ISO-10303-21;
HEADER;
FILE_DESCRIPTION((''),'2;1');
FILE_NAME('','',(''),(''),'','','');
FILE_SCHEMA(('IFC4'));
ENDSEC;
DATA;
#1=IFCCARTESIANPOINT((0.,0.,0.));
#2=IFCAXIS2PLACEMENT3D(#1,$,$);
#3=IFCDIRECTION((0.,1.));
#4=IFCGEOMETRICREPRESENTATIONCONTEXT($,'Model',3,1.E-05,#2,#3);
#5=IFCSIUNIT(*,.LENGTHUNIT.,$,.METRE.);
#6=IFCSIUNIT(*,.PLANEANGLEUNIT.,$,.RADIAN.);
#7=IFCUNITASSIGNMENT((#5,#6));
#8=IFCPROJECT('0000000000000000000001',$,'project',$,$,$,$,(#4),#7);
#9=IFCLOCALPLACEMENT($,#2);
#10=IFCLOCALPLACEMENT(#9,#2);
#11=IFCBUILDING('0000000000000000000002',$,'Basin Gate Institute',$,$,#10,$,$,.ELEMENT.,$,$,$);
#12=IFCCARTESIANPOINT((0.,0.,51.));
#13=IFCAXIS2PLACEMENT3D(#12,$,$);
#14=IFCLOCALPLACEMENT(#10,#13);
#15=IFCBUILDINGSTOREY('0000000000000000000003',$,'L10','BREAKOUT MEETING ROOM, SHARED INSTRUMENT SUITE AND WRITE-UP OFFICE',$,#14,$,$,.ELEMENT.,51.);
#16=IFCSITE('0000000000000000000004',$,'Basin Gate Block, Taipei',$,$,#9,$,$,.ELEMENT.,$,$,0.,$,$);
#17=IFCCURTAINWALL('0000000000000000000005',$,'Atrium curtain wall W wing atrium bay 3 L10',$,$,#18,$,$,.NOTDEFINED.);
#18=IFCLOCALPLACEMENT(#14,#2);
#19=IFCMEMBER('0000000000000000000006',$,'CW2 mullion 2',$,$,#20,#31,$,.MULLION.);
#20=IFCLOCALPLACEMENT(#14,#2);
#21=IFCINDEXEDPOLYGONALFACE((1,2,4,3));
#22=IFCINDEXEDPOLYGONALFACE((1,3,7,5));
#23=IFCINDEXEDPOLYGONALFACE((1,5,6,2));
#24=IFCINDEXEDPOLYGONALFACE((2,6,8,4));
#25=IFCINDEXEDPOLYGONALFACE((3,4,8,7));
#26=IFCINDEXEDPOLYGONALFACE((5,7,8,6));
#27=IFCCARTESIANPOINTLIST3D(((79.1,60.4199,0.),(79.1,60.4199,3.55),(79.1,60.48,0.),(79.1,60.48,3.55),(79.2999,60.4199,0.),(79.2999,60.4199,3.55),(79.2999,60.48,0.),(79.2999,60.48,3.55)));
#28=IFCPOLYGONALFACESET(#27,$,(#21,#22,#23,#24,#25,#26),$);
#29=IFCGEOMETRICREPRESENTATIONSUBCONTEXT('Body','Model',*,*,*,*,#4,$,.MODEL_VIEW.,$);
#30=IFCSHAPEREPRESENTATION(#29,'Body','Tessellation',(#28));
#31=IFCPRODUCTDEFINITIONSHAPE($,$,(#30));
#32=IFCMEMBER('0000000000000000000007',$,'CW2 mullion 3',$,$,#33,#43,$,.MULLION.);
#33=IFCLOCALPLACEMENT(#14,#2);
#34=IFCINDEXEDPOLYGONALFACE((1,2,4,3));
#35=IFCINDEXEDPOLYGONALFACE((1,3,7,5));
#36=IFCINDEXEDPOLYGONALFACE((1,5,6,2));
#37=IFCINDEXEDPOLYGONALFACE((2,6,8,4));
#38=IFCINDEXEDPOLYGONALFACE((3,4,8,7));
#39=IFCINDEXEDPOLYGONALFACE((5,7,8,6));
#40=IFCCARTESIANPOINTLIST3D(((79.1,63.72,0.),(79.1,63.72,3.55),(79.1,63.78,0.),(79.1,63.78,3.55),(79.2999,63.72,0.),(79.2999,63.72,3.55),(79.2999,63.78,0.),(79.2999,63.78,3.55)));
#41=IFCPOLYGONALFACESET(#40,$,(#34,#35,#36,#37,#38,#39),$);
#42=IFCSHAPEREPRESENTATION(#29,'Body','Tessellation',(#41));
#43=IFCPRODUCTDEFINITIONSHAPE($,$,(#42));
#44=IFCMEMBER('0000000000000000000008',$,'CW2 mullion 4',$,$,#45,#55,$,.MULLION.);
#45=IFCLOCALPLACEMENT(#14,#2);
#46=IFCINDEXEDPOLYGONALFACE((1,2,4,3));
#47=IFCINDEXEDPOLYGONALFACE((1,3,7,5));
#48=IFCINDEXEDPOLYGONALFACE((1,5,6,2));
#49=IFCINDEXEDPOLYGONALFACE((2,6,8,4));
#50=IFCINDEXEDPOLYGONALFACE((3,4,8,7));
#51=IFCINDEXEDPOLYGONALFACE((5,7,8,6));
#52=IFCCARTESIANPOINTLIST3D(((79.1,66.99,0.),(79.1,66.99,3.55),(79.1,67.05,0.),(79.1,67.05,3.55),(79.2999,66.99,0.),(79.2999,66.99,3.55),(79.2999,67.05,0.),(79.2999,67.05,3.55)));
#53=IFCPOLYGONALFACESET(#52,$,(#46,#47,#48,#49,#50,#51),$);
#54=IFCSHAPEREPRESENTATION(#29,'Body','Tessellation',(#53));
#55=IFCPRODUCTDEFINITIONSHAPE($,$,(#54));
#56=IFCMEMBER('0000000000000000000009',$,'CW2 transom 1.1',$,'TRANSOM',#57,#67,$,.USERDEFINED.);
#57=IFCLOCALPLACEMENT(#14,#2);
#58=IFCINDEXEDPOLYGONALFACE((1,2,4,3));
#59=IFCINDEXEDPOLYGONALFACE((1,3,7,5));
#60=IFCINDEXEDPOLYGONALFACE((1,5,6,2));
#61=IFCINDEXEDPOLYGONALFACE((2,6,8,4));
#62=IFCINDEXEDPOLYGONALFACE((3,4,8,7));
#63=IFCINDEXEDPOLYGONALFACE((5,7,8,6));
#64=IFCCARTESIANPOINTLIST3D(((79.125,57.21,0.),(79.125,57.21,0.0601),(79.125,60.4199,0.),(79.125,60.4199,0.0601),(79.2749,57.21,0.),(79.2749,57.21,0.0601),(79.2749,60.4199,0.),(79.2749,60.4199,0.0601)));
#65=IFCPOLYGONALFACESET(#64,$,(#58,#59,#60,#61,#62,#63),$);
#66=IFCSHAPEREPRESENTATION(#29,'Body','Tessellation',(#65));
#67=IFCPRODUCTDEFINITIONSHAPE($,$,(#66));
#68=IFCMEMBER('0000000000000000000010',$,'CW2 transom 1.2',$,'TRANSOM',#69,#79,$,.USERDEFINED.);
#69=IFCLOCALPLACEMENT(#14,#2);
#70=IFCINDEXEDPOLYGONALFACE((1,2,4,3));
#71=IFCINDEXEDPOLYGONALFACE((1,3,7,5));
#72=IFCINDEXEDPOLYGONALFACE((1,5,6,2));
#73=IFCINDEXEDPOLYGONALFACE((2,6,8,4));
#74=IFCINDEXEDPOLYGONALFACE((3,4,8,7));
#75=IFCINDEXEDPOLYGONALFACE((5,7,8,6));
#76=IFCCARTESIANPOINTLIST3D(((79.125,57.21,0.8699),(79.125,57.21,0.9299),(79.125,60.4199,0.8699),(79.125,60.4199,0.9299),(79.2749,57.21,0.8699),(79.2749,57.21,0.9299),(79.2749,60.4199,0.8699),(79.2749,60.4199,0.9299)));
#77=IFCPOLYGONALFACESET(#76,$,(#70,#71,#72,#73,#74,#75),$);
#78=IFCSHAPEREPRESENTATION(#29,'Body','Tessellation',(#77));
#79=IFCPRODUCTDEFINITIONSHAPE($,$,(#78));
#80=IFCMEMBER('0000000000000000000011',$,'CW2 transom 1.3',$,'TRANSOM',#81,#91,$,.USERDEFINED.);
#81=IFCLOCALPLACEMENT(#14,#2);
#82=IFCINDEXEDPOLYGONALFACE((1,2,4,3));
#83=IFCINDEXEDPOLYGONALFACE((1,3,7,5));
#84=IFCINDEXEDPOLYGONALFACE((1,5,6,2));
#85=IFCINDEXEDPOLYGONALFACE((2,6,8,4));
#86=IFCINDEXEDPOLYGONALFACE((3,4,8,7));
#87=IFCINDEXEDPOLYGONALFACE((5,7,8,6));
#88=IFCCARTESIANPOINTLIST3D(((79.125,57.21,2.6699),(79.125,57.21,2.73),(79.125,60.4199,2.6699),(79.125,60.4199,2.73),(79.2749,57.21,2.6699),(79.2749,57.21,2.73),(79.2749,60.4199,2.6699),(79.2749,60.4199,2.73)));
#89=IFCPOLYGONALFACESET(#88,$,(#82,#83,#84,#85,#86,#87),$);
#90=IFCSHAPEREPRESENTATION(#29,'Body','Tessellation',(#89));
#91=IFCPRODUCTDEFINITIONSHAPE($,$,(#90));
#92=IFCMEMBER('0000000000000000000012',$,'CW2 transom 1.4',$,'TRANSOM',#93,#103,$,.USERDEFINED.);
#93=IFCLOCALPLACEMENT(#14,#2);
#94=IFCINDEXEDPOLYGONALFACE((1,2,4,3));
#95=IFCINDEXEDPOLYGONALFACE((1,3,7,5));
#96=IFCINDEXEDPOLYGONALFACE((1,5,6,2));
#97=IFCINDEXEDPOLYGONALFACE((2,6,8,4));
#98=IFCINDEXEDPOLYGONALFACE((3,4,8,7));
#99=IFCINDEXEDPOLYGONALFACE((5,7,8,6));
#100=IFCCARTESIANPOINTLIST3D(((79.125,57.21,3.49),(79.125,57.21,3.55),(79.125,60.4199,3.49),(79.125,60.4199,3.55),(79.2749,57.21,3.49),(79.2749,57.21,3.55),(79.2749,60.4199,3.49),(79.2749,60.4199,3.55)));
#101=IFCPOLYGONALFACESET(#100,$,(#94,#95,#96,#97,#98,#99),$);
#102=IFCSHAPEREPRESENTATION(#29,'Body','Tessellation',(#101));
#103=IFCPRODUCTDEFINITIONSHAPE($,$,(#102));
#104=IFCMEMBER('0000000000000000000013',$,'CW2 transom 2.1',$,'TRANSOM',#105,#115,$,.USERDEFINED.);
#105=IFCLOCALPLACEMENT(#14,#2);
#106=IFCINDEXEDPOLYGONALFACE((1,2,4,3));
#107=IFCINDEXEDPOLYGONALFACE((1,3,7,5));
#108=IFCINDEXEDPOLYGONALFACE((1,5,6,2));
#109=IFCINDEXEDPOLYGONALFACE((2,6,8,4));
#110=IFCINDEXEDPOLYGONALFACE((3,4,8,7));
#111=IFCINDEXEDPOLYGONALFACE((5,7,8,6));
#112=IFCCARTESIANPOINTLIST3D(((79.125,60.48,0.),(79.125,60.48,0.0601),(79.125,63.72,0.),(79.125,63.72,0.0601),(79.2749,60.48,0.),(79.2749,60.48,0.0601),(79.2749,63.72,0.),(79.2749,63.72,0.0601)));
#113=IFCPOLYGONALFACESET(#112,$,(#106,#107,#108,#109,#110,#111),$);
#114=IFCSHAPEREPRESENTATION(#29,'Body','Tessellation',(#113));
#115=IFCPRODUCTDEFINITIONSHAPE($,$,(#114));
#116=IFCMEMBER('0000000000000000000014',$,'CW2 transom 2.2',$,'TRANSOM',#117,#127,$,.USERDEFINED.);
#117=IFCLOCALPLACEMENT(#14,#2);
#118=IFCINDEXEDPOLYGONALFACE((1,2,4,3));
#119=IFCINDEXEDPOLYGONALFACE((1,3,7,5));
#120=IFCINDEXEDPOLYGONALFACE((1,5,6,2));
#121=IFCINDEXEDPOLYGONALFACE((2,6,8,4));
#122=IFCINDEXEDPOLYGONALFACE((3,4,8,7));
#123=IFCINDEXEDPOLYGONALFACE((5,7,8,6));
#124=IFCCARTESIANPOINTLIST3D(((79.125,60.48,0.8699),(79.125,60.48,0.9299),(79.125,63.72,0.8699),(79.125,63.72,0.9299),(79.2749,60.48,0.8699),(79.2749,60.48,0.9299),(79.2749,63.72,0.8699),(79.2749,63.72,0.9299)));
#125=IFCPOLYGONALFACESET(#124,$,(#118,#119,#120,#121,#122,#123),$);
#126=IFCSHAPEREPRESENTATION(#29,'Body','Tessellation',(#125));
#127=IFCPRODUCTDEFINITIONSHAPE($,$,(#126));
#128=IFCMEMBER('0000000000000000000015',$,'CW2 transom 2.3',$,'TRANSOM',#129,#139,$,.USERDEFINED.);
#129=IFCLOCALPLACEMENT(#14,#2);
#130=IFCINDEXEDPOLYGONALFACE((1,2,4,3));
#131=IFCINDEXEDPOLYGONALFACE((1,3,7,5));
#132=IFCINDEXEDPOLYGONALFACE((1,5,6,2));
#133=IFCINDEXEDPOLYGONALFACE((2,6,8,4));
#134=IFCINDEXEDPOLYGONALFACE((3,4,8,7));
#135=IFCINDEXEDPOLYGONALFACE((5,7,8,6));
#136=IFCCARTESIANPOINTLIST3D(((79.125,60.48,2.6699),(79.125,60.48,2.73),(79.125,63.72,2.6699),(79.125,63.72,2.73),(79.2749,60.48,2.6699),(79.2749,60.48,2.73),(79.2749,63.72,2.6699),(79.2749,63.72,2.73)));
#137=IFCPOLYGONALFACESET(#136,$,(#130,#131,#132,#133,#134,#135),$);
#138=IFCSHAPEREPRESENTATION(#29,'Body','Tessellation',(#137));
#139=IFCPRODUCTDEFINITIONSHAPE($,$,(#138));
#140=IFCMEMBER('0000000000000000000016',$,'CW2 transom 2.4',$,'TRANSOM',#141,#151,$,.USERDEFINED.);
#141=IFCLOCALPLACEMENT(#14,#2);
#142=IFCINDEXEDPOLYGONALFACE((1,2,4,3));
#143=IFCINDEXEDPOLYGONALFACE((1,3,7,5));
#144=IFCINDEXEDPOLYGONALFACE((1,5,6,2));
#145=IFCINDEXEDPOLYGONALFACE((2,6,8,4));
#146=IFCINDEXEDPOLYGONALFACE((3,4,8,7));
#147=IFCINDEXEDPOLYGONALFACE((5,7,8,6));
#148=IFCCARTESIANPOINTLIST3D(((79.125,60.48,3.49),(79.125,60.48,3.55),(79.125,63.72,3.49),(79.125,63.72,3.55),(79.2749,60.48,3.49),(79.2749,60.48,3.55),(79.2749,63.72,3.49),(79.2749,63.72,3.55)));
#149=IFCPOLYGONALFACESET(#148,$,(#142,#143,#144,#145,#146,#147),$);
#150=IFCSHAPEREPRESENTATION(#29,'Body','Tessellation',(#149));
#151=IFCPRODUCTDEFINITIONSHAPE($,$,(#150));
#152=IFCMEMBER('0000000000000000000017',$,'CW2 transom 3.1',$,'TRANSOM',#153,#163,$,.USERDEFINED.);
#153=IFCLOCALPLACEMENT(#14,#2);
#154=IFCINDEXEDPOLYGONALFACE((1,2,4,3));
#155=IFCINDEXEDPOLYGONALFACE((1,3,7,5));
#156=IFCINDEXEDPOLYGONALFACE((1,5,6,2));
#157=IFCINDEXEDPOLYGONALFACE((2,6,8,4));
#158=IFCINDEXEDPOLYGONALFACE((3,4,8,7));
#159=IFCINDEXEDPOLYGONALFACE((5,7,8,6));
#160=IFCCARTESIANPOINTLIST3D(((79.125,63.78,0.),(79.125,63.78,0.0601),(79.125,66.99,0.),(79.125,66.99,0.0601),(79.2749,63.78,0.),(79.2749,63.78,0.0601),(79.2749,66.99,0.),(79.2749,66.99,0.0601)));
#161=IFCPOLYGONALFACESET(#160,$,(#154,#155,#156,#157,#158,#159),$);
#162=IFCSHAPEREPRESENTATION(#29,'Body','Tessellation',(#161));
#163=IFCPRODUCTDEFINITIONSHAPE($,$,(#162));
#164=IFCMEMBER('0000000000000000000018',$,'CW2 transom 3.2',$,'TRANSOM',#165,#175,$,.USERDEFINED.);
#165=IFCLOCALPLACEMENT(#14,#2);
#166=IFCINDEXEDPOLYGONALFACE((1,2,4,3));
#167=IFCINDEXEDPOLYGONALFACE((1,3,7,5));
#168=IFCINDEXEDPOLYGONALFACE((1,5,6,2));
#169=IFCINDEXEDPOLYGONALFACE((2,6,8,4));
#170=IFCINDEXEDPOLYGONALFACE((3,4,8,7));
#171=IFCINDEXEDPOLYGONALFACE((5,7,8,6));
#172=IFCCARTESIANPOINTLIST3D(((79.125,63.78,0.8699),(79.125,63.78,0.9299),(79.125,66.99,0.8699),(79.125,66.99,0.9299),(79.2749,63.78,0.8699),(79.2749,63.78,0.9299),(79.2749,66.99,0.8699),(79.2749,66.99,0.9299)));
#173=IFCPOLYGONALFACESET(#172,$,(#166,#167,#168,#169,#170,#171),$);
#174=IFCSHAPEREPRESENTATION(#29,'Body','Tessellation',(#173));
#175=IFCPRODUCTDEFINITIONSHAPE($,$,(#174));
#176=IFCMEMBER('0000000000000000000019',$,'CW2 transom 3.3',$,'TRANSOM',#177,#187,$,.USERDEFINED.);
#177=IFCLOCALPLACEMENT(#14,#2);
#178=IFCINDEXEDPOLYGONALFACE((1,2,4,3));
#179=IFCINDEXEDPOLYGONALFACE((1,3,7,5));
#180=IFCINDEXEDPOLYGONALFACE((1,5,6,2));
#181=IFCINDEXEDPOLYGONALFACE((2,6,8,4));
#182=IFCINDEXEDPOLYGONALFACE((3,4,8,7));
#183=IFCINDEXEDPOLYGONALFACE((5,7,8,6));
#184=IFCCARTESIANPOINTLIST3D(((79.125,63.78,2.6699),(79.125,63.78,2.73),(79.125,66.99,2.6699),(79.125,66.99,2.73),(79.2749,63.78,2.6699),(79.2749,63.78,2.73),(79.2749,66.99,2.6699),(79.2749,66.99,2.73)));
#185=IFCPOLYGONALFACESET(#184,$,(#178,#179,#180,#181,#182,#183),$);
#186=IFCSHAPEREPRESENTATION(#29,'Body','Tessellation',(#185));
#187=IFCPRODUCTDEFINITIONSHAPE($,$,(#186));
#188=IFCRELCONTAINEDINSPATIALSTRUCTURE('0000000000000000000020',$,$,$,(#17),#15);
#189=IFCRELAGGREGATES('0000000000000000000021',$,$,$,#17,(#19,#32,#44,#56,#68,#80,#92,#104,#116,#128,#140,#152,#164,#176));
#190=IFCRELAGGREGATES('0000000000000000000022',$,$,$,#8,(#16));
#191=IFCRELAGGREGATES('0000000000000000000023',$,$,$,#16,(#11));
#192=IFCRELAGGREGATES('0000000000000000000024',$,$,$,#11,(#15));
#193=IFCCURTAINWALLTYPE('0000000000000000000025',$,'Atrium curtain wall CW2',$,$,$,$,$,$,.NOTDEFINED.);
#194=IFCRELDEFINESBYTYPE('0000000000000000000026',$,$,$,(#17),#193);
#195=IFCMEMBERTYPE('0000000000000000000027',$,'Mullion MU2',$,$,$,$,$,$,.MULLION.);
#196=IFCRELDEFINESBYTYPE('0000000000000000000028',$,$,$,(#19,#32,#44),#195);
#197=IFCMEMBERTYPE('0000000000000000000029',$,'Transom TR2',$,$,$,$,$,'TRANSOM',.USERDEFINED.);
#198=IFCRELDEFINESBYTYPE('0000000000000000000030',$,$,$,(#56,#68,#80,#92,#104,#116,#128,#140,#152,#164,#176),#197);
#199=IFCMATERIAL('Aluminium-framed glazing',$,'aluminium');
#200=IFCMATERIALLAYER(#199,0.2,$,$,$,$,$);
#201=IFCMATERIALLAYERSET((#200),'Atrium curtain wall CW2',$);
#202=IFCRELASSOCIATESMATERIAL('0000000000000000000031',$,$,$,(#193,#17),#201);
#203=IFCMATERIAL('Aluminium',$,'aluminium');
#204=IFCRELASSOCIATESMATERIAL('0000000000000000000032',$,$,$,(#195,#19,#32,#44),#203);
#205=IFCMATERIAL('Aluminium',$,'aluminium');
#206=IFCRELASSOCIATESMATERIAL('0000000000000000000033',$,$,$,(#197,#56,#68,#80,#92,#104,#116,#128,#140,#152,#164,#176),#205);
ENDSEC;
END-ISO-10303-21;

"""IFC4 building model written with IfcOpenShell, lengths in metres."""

from ifc_helpers import new_model, si_unit, direction, frame, origin, origin_2d, place, context, subcontext, project, spatial, rectangle, extrude, material, layer, layer_set, material_profile, profile_set, type_object, element, aggregate, save


model = new_model("IFC4")

# Units and contexts
model_context = context("Model", 3, precision=1e-05, world=origin(), true_north=direction((0.0, 1.0)))
body_context = subcontext(model_context, "Body", "Model", "MODEL_VIEW")
ifc_project = project(units=[si_unit("LENGTHUNIT", "METRE"), si_unit("PLANEANGLEUNIT", "RADIAN")], contexts=[model_context])

# Site, building, storey
site_placement = place(None, origin())
site = spatial("IfcSite", under=ifc_project, at=site_placement, Name="Basin Gate Block, Taipei", CompositionType="ELEMENT", RefElevation=0.0)
building_placement = place(site_placement, origin())
building = spatial("IfcBuilding", under=site, at=building_placement, Name="Basin Gate Institute", CompositionType="ELEMENT")
storey_placement = place(building_placement, frame((0.0, 0.0, 51.0)))
storey = spatial("IfcBuildingStorey", under=building, at=storey_placement, Name="L10", Description="BREAKOUT MEETING ROOM, SHARED INSTRUMENT SUITE AND WRITE-UP OFFICE", CompositionType="ELEMENT", Elevation=51.0)

# Curtain wall, members
ifc_material_1 = material(Name="Aluminium-framed glazing", Category="aluminium")
ifc_layer_1 = layer(ifc_material_1, 0.2)
ifc_layer_set_1 = layer_set([ifc_layer_1], Name="Atrium curtain wall CW2")
curtain_wall_type = type_object("IfcCurtainWallType", Name="Atrium curtain wall CW2", PredefinedType="NOTDEFINED", material=ifc_layer_set_1)
curtain_wall_placement = place(storey_placement, origin())
curtain_wall = element("IfcCurtainWall", 1, at=curtain_wall_placement, inside=storey, type_object=curtain_wall_type, material=ifc_layer_set_1, Name="Atrium curtain wall W wing atrium bay 3 L10", PredefinedType="NOTDEFINED")
ifc_material_2 = material(Name="Aluminium", Category="aluminium")
ifc_material_profile_1 = material_profile(ifc_material_2, rectangle(XDim=0.2, YDim=0.0601, at=origin_2d()), Name="Mullion MU2 200 x 60")
ifc_profile_set_1 = profile_set([ifc_material_profile_1], Name="Aluminium")
member_type_1 = type_object("IfcMemberType", Name="Mullion MU2", PredefinedType="MULLION", material=ifc_profile_set_1)
member_1_placement = place(storey_placement, frame((79.2, 60.45, 0.0), z_axis=(0.0, 0.0, 1.0), x_axis=(-1.0, 0.0, 0.0)))
member_1 = element("IfcMember", 2, at=member_1_placement, type_object=member_type_1, material=ifc_profile_set_1, Name="CW2 mullion 2", PredefinedType="MULLION", context=body_context, shape_type="SweptSolid", body=[
    extrude(rectangle(XDim=0.2, YDim=0.0601, at=origin_2d()), origin(), (0.0, 0.0, 1.0), 3.55),
])
member_2_placement = place(storey_placement, frame((79.2, 63.75, 0.0), z_axis=(0.0, 0.0, 1.0), x_axis=(-1.0, 0.0, 0.0)))
member_2 = element("IfcMember", 3, at=member_2_placement, type_object=member_type_1, material=ifc_profile_set_1, Name="CW2 mullion 3", PredefinedType="MULLION", context=body_context, shape_type="SweptSolid", body=[
    extrude(rectangle(XDim=0.2, YDim=0.0601, at=origin_2d()), origin(), (0.0, 0.0, 1.0), 3.55),
])
member_3_placement = place(storey_placement, frame((79.2, 67.02, 0.0), z_axis=(0.0, 0.0, 1.0), x_axis=(-1.0, 0.0, 0.0)))
member_3 = element("IfcMember", 4, at=member_3_placement, type_object=member_type_1, material=ifc_profile_set_1, Name="CW2 mullion 4", PredefinedType="MULLION", context=body_context, shape_type="SweptSolid", body=[
    extrude(rectangle(XDim=0.2, YDim=0.0601, at=origin_2d()), origin(), (0.0, 0.0, 1.0), 3.55),
])
ifc_material_3 = material(Name="Aluminium", Category="aluminium")
ifc_material_profile_2 = material_profile(ifc_material_3, rectangle(XDim=0.1499, YDim=0.0601, at=origin_2d()), Name="Transom TR2 150 x 60")
ifc_profile_set_2 = profile_set([ifc_material_profile_2], Name="Aluminium")
member_type_2 = type_object("IfcMemberType", Name="Transom TR2", ElementType="TRANSOM", PredefinedType="USERDEFINED", material=ifc_profile_set_2)
member_4_placement = place(storey_placement, frame((79.2, 57.21, 0.03), z_axis=(0.0, 1.0, 0.0), x_axis=(-1.0, 0.0, 0.0)))
member_4 = element("IfcMember", 5, at=member_4_placement, type_object=member_type_2, material=ifc_profile_set_2, Name="CW2 transom 1.1", ObjectType="TRANSOM", PredefinedType="USERDEFINED", context=body_context, shape_type="SweptSolid", body=[
    extrude(rectangle(XDim=0.1499, YDim=0.0601, at=origin_2d()), origin(), (0.0, 0.0, 1.0), 3.21),
])
member_5_placement = place(storey_placement, frame((79.2, 57.21, 0.8999), z_axis=(0.0, 1.0, 0.0), x_axis=(-1.0, 0.0, 0.0)))
member_5 = element("IfcMember", 6, at=member_5_placement, type_object=member_type_2, material=ifc_profile_set_2, Name="CW2 transom 1.2", ObjectType="TRANSOM", PredefinedType="USERDEFINED", context=body_context, shape_type="SweptSolid", body=[
    extrude(rectangle(XDim=0.1499, YDim=0.0601, at=origin_2d()), origin(), (0.0, 0.0, 1.0), 3.21),
])
member_6_placement = place(storey_placement, frame((79.2, 57.21, 2.7), z_axis=(0.0, 1.0, 0.0), x_axis=(-1.0, 0.0, 0.0)))
member_6 = element("IfcMember", 7, at=member_6_placement, type_object=member_type_2, material=ifc_profile_set_2, Name="CW2 transom 1.3", ObjectType="TRANSOM", PredefinedType="USERDEFINED", context=body_context, shape_type="SweptSolid", body=[
    extrude(rectangle(XDim=0.1499, YDim=0.0601, at=origin_2d()), origin(), (0.0, 0.0, 1.0), 3.21),
])
member_7_placement = place(storey_placement, frame((79.2, 57.21, 3.52), z_axis=(0.0, 1.0, 0.0), x_axis=(-1.0, 0.0, 0.0)))
member_7 = element("IfcMember", 8, at=member_7_placement, type_object=member_type_2, material=ifc_profile_set_2, Name="CW2 transom 1.4", ObjectType="TRANSOM", PredefinedType="USERDEFINED", context=body_context, shape_type="SweptSolid", body=[
    extrude(rectangle(XDim=0.1499, YDim=0.0601, at=origin_2d()), origin(), (0.0, 0.0, 1.0), 3.21),
])
member_8_placement = place(storey_placement, frame((79.2, 60.48, 0.03), z_axis=(0.0, 1.0, 0.0), x_axis=(-1.0, 0.0, 0.0)))
member_8 = element("IfcMember", 9, at=member_8_placement, type_object=member_type_2, material=ifc_profile_set_2, Name="CW2 transom 2.1", ObjectType="TRANSOM", PredefinedType="USERDEFINED", context=body_context, shape_type="SweptSolid", body=[
    extrude(rectangle(XDim=0.1499, YDim=0.0601, at=origin_2d()), origin(), (0.0, 0.0, 1.0), 3.24),
])
member_9_placement = place(storey_placement, frame((79.2, 60.48, 0.8999), z_axis=(0.0, 1.0, 0.0), x_axis=(-1.0, 0.0, 0.0)))
member_9 = element("IfcMember", 10, at=member_9_placement, type_object=member_type_2, material=ifc_profile_set_2, Name="CW2 transom 2.2", ObjectType="TRANSOM", PredefinedType="USERDEFINED", context=body_context, shape_type="SweptSolid", body=[
    extrude(rectangle(XDim=0.1499, YDim=0.0601, at=origin_2d()), origin(), (0.0, 0.0, 1.0), 3.24),
])
member_10_placement = place(storey_placement, frame((79.2, 60.48, 2.7), z_axis=(0.0, 1.0, 0.0), x_axis=(-1.0, 0.0, 0.0)))
member_10 = element("IfcMember", 11, at=member_10_placement, type_object=member_type_2, material=ifc_profile_set_2, Name="CW2 transom 2.3", ObjectType="TRANSOM", PredefinedType="USERDEFINED", context=body_context, shape_type="SweptSolid", body=[
    extrude(rectangle(XDim=0.1499, YDim=0.0601, at=origin_2d()), origin(), (0.0, 0.0, 1.0), 3.24),
])
member_11_placement = place(storey_placement, frame((79.2, 60.48, 3.52), z_axis=(0.0, 1.0, 0.0), x_axis=(-1.0, 0.0, 0.0)))
member_11 = element("IfcMember", 12, at=member_11_placement, type_object=member_type_2, material=ifc_profile_set_2, Name="CW2 transom 2.4", ObjectType="TRANSOM", PredefinedType="USERDEFINED", context=body_context, shape_type="SweptSolid", body=[
    extrude(rectangle(XDim=0.1499, YDim=0.0601, at=origin_2d()), origin(), (0.0, 0.0, 1.0), 3.24),
])
member_12_placement = place(storey_placement, frame((79.2, 63.78, 0.03), z_axis=(0.0, 1.0, 0.0), x_axis=(-1.0, 0.0, 0.0)))
member_12 = element("IfcMember", 13, at=member_12_placement, type_object=member_type_2, material=ifc_profile_set_2, Name="CW2 transom 3.1", ObjectType="TRANSOM", PredefinedType="USERDEFINED", context=body_context, shape_type="SweptSolid", body=[
    extrude(rectangle(XDim=0.1499, YDim=0.0601, at=origin_2d()), origin(), (0.0, 0.0, 1.0), 3.21),
])
member_13_placement = place(storey_placement, frame((79.2, 63.78, 0.8999), z_axis=(0.0, 1.0, 0.0), x_axis=(-1.0, 0.0, 0.0)))
member_13 = element("IfcMember", 14, at=member_13_placement, type_object=member_type_2, material=ifc_profile_set_2, Name="CW2 transom 3.2", ObjectType="TRANSOM", PredefinedType="USERDEFINED", context=body_context, shape_type="SweptSolid", body=[
    extrude(rectangle(XDim=0.1499, YDim=0.0601, at=origin_2d()), origin(), (0.0, 0.0, 1.0), 3.21),
])
member_14_placement = place(storey_placement, frame((79.2, 63.78, 2.7), z_axis=(0.0, 1.0, 0.0), x_axis=(-1.0, 0.0, 0.0)))
member_14 = element("IfcMember", 15, at=member_14_placement, type_object=member_type_2, material=ifc_profile_set_2, Name="CW2 transom 3.3", ObjectType="TRANSOM", PredefinedType="USERDEFINED", context=body_context, shape_type="SweptSolid", body=[
    extrude(rectangle(XDim=0.1499, YDim=0.0601, at=origin_2d()), origin(), (0.0, 0.0, 1.0), 3.21),
])
aggregate(curtain_wall, [member_1, member_2, member_3, member_4, member_5, member_6, member_7, member_8, member_9, member_10, member_11, member_12, member_13, member_14])

save(model, "model.ifc")
